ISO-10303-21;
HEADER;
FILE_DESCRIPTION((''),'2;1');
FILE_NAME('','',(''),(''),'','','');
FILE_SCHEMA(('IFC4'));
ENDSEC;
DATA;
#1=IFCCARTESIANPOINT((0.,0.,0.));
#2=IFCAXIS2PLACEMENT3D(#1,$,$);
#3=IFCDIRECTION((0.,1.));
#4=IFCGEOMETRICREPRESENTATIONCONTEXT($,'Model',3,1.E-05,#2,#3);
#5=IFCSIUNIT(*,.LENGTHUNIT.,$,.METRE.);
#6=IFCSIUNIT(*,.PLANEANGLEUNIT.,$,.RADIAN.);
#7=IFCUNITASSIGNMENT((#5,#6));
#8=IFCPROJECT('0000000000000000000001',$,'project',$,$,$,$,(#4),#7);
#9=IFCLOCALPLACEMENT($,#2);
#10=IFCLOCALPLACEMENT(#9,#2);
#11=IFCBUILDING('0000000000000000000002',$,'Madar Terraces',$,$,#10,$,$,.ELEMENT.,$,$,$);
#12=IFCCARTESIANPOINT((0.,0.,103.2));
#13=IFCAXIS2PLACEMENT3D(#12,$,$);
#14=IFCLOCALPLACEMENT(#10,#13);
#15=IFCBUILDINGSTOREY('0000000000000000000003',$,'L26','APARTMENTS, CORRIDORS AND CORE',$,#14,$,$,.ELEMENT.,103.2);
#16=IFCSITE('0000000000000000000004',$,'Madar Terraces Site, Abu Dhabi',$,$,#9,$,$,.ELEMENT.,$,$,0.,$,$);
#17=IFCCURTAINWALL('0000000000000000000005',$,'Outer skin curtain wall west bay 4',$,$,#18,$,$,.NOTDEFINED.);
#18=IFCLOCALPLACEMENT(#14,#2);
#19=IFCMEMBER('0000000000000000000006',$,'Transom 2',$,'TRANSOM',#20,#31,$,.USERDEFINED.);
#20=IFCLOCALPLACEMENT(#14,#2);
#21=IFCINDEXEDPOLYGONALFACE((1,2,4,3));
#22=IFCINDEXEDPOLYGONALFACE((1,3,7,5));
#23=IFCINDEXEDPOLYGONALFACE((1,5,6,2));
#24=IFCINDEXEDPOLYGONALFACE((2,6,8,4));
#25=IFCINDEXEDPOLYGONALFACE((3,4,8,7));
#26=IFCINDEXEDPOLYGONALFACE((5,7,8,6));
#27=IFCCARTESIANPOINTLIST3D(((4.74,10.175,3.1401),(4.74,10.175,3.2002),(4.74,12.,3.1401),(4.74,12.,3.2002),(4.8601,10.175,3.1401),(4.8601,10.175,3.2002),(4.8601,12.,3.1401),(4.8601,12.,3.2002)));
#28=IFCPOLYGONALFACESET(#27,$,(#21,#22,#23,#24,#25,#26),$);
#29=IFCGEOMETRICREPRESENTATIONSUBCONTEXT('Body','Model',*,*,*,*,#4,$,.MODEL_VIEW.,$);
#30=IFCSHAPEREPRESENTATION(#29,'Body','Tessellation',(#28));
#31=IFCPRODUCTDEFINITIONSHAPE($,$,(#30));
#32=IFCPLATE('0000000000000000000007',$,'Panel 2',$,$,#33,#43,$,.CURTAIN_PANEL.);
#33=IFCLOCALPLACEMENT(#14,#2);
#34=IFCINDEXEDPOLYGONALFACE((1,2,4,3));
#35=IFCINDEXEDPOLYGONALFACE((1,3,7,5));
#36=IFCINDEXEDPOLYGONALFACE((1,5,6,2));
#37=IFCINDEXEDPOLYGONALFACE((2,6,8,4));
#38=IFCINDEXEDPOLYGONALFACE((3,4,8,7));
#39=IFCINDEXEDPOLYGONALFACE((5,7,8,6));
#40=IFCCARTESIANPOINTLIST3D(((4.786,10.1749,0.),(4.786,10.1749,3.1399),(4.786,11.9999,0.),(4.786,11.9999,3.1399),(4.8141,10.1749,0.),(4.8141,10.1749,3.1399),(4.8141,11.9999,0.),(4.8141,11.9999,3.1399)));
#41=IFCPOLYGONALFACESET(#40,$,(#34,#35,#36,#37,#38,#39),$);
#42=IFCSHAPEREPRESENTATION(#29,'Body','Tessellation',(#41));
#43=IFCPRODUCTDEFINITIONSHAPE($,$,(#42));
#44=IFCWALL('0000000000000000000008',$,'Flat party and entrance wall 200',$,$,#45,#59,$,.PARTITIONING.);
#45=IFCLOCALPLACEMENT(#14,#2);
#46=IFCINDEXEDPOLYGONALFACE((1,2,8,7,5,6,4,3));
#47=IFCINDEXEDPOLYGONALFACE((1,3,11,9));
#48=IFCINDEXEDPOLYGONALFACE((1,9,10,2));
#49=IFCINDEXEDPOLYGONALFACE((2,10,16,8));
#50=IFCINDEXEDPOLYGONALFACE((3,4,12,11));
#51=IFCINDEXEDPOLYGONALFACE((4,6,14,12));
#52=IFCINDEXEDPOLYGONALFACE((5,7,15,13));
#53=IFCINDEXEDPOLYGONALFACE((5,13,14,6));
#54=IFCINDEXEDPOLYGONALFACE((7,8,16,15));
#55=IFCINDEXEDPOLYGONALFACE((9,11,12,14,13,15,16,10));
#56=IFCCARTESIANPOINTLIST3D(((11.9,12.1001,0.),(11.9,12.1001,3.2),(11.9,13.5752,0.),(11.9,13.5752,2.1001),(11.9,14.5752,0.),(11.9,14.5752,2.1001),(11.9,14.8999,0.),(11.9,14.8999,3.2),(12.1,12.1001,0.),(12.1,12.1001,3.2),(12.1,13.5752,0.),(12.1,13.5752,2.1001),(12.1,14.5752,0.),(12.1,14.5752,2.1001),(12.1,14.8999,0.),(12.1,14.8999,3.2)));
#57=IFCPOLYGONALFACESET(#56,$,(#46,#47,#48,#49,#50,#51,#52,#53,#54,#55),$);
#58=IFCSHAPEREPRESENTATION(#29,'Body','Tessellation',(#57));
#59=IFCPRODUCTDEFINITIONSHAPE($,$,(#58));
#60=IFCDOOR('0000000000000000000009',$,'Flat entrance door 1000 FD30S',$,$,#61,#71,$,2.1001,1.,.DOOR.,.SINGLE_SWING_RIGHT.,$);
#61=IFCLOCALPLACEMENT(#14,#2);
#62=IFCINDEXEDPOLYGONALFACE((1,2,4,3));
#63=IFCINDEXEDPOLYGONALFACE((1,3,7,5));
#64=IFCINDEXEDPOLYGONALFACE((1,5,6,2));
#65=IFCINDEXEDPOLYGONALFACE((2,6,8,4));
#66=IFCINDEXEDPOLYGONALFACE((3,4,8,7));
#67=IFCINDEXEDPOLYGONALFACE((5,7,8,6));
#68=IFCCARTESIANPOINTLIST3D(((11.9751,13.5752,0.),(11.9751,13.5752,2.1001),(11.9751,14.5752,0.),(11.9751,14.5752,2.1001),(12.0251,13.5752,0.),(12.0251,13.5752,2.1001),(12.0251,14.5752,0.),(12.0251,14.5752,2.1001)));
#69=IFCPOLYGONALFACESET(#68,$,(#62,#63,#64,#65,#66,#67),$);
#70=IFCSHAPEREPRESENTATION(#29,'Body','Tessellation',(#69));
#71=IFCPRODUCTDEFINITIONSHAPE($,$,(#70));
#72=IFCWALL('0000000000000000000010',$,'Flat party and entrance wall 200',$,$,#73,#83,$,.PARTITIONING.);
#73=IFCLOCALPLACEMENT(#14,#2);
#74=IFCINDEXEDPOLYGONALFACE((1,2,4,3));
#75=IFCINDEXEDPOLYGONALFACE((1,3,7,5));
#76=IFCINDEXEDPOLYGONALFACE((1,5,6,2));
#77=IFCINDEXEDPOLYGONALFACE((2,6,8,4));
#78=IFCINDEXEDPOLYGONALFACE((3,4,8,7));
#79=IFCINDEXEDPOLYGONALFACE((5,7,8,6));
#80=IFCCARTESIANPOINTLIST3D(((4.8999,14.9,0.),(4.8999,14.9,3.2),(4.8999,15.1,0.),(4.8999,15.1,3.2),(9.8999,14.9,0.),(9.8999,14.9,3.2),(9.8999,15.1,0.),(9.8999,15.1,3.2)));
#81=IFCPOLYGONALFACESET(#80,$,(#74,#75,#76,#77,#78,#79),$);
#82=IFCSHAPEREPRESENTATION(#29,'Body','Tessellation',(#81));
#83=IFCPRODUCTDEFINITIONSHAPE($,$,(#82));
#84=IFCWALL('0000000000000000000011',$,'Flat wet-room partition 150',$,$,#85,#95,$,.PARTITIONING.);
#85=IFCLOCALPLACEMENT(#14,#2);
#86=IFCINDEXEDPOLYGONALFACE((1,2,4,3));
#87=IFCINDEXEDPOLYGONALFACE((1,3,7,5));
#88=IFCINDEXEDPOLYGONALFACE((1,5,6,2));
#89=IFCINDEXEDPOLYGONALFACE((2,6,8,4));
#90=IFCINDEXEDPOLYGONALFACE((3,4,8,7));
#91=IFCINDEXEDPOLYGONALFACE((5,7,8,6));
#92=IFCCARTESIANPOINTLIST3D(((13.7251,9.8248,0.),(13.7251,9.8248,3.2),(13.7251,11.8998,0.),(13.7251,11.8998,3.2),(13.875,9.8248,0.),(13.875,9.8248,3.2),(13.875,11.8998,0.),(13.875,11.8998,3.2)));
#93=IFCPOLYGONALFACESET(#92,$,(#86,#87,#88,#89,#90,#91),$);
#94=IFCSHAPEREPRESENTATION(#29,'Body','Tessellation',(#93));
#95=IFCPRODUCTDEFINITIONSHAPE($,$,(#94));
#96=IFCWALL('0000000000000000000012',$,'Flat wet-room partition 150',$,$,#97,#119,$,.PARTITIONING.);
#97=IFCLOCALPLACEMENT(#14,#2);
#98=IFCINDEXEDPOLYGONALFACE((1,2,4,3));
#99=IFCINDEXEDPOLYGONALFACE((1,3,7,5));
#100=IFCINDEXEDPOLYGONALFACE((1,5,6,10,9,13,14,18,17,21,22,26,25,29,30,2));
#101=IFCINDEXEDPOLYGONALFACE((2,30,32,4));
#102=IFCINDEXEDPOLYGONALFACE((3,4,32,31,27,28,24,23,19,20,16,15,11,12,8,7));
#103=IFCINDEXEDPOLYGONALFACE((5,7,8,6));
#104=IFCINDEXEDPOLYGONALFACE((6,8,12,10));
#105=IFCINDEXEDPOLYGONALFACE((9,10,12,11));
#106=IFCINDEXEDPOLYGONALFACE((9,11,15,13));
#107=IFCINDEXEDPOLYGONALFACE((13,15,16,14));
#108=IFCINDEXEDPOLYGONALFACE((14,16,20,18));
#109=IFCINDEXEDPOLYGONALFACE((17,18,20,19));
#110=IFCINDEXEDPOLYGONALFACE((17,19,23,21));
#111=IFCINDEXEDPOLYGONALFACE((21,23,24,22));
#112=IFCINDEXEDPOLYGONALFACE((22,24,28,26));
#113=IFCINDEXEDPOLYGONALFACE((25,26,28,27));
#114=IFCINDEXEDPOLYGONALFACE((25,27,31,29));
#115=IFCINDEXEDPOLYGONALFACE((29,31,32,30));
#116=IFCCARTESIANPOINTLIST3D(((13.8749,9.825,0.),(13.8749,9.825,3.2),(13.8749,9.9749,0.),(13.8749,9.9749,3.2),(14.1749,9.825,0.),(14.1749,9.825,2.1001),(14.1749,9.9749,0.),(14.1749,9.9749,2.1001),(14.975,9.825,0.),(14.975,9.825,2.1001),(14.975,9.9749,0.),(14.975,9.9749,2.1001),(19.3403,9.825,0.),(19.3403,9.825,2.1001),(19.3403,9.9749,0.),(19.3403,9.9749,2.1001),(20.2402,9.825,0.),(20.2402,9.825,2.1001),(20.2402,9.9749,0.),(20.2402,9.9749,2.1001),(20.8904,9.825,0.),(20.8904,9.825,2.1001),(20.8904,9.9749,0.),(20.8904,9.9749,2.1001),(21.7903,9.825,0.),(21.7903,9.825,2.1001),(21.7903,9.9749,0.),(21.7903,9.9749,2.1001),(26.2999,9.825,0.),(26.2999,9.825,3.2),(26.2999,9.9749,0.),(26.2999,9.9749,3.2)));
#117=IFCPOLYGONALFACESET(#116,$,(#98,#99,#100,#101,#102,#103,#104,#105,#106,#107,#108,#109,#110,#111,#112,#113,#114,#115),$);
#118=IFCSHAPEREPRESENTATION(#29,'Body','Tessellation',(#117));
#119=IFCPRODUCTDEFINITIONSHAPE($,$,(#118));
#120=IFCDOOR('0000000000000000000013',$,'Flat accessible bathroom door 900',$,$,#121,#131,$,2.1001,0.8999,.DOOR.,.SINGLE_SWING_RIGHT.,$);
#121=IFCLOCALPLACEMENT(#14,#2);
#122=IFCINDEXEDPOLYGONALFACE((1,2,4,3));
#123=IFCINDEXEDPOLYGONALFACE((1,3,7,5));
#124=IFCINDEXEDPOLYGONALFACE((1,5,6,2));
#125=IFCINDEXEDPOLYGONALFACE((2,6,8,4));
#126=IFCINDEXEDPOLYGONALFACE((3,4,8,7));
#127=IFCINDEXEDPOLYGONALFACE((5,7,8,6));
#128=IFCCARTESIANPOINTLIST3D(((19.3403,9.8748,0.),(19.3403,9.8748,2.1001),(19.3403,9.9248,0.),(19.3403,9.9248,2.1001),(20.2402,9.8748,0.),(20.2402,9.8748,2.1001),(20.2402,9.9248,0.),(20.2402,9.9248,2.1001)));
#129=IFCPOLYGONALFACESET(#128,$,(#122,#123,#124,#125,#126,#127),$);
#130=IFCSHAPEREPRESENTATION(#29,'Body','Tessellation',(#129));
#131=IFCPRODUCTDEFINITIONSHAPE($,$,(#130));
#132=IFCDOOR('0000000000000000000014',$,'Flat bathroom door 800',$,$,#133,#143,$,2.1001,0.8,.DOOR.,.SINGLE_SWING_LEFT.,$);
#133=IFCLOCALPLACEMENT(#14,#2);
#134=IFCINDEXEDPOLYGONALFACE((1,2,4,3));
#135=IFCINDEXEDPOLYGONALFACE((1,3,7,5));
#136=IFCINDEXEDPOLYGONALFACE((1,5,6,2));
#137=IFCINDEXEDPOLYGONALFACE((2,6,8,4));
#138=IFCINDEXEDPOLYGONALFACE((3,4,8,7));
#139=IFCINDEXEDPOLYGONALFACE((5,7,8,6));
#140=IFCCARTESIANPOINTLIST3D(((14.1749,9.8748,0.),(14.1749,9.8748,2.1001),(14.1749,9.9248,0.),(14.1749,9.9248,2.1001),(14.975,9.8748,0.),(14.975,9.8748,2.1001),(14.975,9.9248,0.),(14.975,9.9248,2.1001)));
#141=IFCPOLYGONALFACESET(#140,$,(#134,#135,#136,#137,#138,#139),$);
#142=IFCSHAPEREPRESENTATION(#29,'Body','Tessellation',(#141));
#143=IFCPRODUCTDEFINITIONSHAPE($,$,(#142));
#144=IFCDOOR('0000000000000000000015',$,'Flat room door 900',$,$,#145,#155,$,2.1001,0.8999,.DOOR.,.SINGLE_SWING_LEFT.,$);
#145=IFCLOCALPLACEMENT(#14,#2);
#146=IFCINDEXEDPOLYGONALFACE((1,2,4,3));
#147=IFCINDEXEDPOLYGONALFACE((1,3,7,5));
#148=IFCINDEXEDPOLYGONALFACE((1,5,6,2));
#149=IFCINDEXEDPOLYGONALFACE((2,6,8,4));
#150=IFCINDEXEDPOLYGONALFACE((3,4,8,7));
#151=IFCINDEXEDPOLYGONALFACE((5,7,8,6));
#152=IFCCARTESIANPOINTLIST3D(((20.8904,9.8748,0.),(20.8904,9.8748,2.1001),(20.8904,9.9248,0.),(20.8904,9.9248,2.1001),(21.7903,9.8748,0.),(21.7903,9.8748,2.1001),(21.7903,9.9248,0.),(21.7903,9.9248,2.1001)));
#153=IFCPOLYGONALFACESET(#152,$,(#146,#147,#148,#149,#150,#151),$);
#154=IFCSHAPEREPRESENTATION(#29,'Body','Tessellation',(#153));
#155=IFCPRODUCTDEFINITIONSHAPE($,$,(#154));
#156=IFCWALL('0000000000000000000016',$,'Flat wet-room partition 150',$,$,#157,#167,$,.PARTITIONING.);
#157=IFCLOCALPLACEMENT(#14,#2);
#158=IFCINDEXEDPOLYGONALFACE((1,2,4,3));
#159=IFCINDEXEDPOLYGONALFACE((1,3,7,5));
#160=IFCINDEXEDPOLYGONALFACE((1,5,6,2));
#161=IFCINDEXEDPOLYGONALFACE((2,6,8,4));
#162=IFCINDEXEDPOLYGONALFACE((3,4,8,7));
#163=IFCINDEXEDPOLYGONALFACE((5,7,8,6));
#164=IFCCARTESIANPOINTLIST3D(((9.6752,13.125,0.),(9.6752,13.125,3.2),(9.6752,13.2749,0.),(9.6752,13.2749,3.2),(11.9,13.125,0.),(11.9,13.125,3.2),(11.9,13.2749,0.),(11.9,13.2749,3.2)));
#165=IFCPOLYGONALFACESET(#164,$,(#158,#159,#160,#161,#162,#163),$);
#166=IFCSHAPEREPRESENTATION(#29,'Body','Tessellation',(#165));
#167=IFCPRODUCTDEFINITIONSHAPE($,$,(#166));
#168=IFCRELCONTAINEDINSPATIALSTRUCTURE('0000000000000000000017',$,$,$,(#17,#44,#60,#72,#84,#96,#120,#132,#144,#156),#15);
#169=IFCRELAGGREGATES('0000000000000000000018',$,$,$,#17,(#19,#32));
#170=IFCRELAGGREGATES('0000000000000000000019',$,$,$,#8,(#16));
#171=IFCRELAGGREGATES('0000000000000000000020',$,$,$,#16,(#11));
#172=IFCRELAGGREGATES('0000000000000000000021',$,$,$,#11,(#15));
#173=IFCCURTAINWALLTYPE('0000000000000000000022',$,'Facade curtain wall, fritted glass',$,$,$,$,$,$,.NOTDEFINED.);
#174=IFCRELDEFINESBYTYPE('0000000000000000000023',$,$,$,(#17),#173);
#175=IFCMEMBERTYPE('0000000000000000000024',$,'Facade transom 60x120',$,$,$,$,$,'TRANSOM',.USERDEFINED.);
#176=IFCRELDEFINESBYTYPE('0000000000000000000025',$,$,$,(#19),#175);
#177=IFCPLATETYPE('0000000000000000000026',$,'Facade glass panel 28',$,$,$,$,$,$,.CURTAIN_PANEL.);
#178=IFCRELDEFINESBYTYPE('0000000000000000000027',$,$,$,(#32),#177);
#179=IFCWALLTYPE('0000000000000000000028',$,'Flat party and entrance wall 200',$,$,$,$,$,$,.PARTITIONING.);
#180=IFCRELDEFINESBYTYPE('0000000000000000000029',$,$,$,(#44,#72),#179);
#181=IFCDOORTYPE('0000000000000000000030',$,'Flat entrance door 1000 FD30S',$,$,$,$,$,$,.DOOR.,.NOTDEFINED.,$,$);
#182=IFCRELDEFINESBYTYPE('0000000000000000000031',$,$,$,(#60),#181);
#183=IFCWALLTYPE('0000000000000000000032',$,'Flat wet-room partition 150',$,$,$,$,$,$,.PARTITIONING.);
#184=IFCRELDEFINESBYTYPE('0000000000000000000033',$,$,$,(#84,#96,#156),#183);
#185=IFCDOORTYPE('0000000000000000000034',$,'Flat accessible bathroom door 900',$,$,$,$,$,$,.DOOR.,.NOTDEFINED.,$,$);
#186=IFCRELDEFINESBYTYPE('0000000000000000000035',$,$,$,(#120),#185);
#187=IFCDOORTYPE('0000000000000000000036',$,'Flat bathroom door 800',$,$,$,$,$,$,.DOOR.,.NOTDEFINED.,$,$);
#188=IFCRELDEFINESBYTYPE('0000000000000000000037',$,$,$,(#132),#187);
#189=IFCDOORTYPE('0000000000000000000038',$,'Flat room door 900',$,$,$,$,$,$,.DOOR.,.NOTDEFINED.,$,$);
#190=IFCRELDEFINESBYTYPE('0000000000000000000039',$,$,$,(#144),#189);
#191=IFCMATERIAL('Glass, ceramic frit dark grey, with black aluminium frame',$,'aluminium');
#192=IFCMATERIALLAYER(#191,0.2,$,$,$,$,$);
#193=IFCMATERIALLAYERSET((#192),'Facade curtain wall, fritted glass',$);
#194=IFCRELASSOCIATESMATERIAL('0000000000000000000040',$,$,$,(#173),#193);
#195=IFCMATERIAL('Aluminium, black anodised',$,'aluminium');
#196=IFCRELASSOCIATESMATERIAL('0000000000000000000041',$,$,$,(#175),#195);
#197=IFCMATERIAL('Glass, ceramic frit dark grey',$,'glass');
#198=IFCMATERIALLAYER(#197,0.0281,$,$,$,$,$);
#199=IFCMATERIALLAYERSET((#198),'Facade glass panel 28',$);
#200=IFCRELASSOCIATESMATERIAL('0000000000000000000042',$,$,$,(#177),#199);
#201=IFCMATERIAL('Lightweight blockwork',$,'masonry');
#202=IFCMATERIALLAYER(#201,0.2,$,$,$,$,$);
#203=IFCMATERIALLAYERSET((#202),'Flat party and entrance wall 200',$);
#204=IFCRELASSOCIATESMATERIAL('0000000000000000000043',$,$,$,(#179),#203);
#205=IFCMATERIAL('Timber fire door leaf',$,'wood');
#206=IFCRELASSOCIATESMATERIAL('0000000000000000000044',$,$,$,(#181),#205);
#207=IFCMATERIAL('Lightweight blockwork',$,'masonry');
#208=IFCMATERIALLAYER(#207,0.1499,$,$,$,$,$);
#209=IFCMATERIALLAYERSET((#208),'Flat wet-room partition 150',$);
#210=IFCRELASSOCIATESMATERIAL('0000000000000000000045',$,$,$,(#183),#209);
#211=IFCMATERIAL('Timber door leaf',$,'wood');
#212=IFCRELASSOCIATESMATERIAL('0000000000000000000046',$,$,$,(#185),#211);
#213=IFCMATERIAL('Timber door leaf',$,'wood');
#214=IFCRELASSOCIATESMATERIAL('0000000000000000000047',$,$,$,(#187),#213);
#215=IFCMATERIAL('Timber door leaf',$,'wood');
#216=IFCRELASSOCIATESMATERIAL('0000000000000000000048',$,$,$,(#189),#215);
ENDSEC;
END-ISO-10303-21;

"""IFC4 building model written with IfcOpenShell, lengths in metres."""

from ifc_helpers import new_model, si_unit, direction, frame, frame_2d, origin, origin_2d, place, context, subcontext, project, spatial, rectangle, extrude, material, layer, layer_set, material_profile, profile_set, type_object, element, fill, aggregate, save


model = new_model("IFC4")

# Units and contexts
model_context = context("Model", 3, precision=1e-05, world=origin(), true_north=direction((0.0, 1.0)))
body_context = subcontext(model_context, "Body", "Model", "MODEL_VIEW")
ifc_project = project(units=[si_unit("LENGTHUNIT", "METRE"), si_unit("PLANEANGLEUNIT", "RADIAN")], contexts=[model_context])

# Site, building, storey
site_placement = place(None, origin())
site = spatial("IfcSite", under=ifc_project, at=site_placement, Name="Madar Terraces Site, Abu Dhabi", CompositionType="ELEMENT", RefElevation=0.0)
building_placement = place(site_placement, origin())
building = spatial("IfcBuilding", under=site, at=building_placement, Name="Madar Terraces", CompositionType="ELEMENT")
storey_placement = place(building_placement, frame((0.0, 0.0, 103.2)))
storey = spatial("IfcBuildingStorey", under=building, at=storey_placement, Name="L26", Description="APARTMENTS, CORRIDORS AND CORE", CompositionType="ELEMENT", Elevation=103.2)

# Curtain wall, member, plate
ifc_material_1 = material(Name="Glass, ceramic frit dark grey, with black aluminium frame", Category="aluminium")
ifc_layer_1 = layer(ifc_material_1, 0.2)
ifc_layer_set_1 = layer_set([ifc_layer_1], Name="Facade curtain wall, fritted glass")
curtain_wall_type = type_object("IfcCurtainWallType", Name="Facade curtain wall, fritted glass", PredefinedType="NOTDEFINED", material=ifc_layer_set_1)
curtain_wall_placement = place(storey_placement, origin())
curtain_wall = element("IfcCurtainWall", 1, at=curtain_wall_placement, inside=storey, type_object=curtain_wall_type, Name="Outer skin curtain wall west bay 4", PredefinedType="NOTDEFINED")
ifc_material_2 = material(Name="Aluminium, black anodised", Category="aluminium")
ifc_material_profile = material_profile(ifc_material_2, rectangle(XDim=0.1201, YDim=0.0601, at=origin_2d()), Name="Facade transom 60x120")
ifc_profile_set = profile_set([ifc_material_profile], Name="Aluminium, black anodised")
member_type = type_object("IfcMemberType", Name="Facade transom 60x120", ElementType="TRANSOM", PredefinedType="USERDEFINED", material=ifc_profile_set)
member_placement = place(storey_placement, frame((4.8, 12.0, 3.1702), z_axis=(0.0, -1.0, 0.0), x_axis=(1.0, 0.0, 0.0)))
member = element("IfcMember", 2, at=member_placement, type_object=member_type, Name="Transom 2", ObjectType="TRANSOM", PredefinedType="USERDEFINED", context=body_context, shape_type="SweptSolid", body=[
    extrude(rectangle(XDim=0.1201, YDim=0.0601, at=origin_2d()), origin(), (0.0, 0.0, 1.0), 1.825),
])
ifc_material_3 = material(Name="Glass, ceramic frit dark grey", Category="glass")
ifc_layer_2 = layer(ifc_material_3, 0.0281)
ifc_layer_set_2 = layer_set([ifc_layer_2], Name="Facade glass panel 28")
plate_type = type_object("IfcPlateType", Name="Facade glass panel 28", PredefinedType="CURTAIN_PANEL", material=ifc_layer_set_2)
plate_placement = place(storey_placement, frame((4.8, 11.0874, 0.0), z_axis=(0.0, 0.0, 1.0), x_axis=(0.0, -1.0, 0.0)))
plate = element("IfcPlate", 3, at=plate_placement, type_object=plate_type, Name="Panel 2", PredefinedType="CURTAIN_PANEL", context=body_context, shape_type="SweptSolid", body=[
    extrude(rectangle(XDim=1.825, YDim=0.0281, at=origin_2d()), origin(), (0.0, 0.0, 1.0), 3.1399),
])
aggregate(curtain_wall, [member, plate])

# Wall, opening, door
ifc_material_4 = material(Name="Lightweight blockwork", Category="masonry")
ifc_layer_3 = layer(ifc_material_4, 0.2)
ifc_layer_set_3 = layer_set([ifc_layer_3], Name="Flat party and entrance wall 200")
wall_type_1 = type_object("IfcWallType", Name="Flat party and entrance wall 200", PredefinedType="PARTITIONING", material=ifc_layer_set_3)
wall_1_placement = place(storey_placement, frame((12.0, 12.1001, 0.0), z_axis=(0.0, 0.0, 1.0), x_axis=(0.0, 1.0, 0.0)))
wall_1 = element("IfcWall", 4, at=wall_1_placement, inside=storey, type_object=wall_type_1, Name="Flat party and entrance wall 200", PredefinedType="PARTITIONING", context=body_context, shape_type="SweptSolid", body=[
    extrude(rectangle(XDim=2.7998, YDim=0.2, at=frame_2d((1.3999, 0.0))), origin(), (0.0, 0.0, 1.0), 3.2),
])
opening_1_placement = place(wall_1_placement, frame((1.4751, 0.0, 0.0)))
opening_1 = element("IfcOpeningElement", 5, at=opening_1_placement, cuts=wall_1, PredefinedType="OPENING", context=body_context, shape_type="SweptSolid", body=[
    extrude(rectangle(XDim=1.0, YDim=2.1001, at=frame_2d((0.5, 1.05))), frame((0.0, 0.1099, 0.0), z_axis=(0.0, -1.0, 0.0), x_axis=(1.0, 0.0, 0.0)), (0.0, 0.0, 1.0), 0.22),
])
ifc_material_5 = material(Name="Timber fire door leaf", Category="wood")
door_type_1 = type_object("IfcDoorType", Name="Flat entrance door 1000 FD30S", OperationType="NOTDEFINED", PredefinedType="DOOR", material=ifc_material_5)
door_1_placement = place(opening_1_placement, origin())
door_1 = element("IfcDoor", 6, at=door_1_placement, inside=storey, type_object=door_type_1, Name="Flat entrance door 1000 FD30S", OperationType="SINGLE_SWING_RIGHT", OverallHeight=2.1001, OverallWidth=1.0, PredefinedType="DOOR", context=body_context, shape_type="SweptSolid", body=[
    extrude(rectangle(XDim=1.0, YDim=2.1001, at=frame_2d((0.5, 1.05))), frame((0.0, 0.0249, 0.0), z_axis=(0.0, -1.0, 0.0), x_axis=(1.0, 0.0, 0.0)), (0.0, 0.0, 1.0), 0.05),
])
fill(opening_1, door_1)

# Walls
wall_2_placement = place(storey_placement, frame((4.8999, 15.0, 0.0), z_axis=(0.0, 0.0, 1.0), x_axis=(1.0, 0.0, 0.0)))
element("IfcWall", 7, at=wall_2_placement, inside=storey, type_object=wall_type_1, Name="Flat party and entrance wall 200", PredefinedType="PARTITIONING", context=body_context, shape_type="SweptSolid", body=[
    extrude(rectangle(XDim=5.0, YDim=0.2, at=frame_2d((2.5, 0.0))), origin(), (0.0, 0.0, 1.0), 3.2),
])
ifc_material_6 = material(Name="Lightweight blockwork", Category="masonry")
ifc_layer_4 = layer(ifc_material_6, 0.1499)
ifc_layer_set_4 = layer_set([ifc_layer_4], Name="Flat wet-room partition 150")
wall_type_2 = type_object("IfcWallType", Name="Flat wet-room partition 150", PredefinedType="PARTITIONING", material=ifc_layer_set_4)
wall_3_placement = place(storey_placement, frame((13.8, 11.8999, 0.0), z_axis=(0.0, 0.0, 1.0), x_axis=(0.0, -1.0, 0.0)))
element("IfcWall", 8, at=wall_3_placement, inside=storey, type_object=wall_type_2, Name="Flat wet-room partition 150", PredefinedType="PARTITIONING", context=body_context, shape_type="SweptSolid", body=[
    extrude(rectangle(XDim=2.075, YDim=0.1499, at=frame_2d((1.0376, 0.0))), origin(), (0.0, 0.0, 1.0), 3.2),
])

# Wall, openings, doors
wall_4_placement = place(storey_placement, frame((13.875, 9.8999, 0.0), z_axis=(0.0, 0.0, 1.0), x_axis=(1.0, 0.0, 0.0)))
wall_4 = element("IfcWall", 9, at=wall_4_placement, inside=storey, type_object=wall_type_2, Name="Flat wet-room partition 150", PredefinedType="PARTITIONING", context=body_context, shape_type="SweptSolid", body=[
    extrude(rectangle(XDim=12.425, YDim=0.1499, at=frame_2d((6.2124, 0.0))), origin(), (0.0, 0.0, 1.0), 3.2),
])
opening_2_placement = place(wall_4_placement, frame((0.3, 0.0, 0.0)))
opening_2 = element("IfcOpeningElement", 10, at=opening_2_placement, cuts=wall_4, PredefinedType="OPENING", context=body_context, shape_type="SweptSolid", body=[
    extrude(rectangle(XDim=0.8, YDim=2.1001, at=frame_2d((0.3999, 1.05))), frame((0.0, 0.085, 0.0), z_axis=(0.0, -1.0, 0.0), x_axis=(1.0, 0.0, 0.0)), (0.0, 0.0, 1.0), 0.1699),
])
opening_3_placement = place(wall_4_placement, frame((5.4653, 0.0, 0.0)))
opening_3 = element("IfcOpeningElement", 11, at=opening_3_placement, cuts=wall_4, PredefinedType="OPENING", context=body_context, shape_type="SweptSolid", body=[
    extrude(rectangle(XDim=0.8999, YDim=2.1001, at=frame_2d((0.45, 1.05))), frame((0.0, 0.085, 0.0), z_axis=(0.0, -1.0, 0.0), x_axis=(1.0, 0.0, 0.0)), (0.0, 0.0, 1.0), 0.1699),
])
opening_4_placement = place(wall_4_placement, frame((7.0154, 0.0, 0.0)))
opening_4 = element("IfcOpeningElement", 12, at=opening_4_placement, cuts=wall_4, PredefinedType="OPENING", context=body_context, shape_type="SweptSolid", body=[
    extrude(rectangle(XDim=0.8999, YDim=2.1001, at=frame_2d((0.45, 1.05))), frame((0.0, 0.085, 0.0), z_axis=(0.0, -1.0, 0.0), x_axis=(1.0, 0.0, 0.0)), (0.0, 0.0, 1.0), 0.1699),
])
ifc_material_7 = material(Name="Timber door leaf", Category="wood")
door_type_2 = type_object("IfcDoorType", Name="Flat accessible bathroom door 900", OperationType="NOTDEFINED", PredefinedType="DOOR", material=ifc_material_7)
door_2_placement = place(opening_3_placement, origin())
door_2 = element("IfcDoor", 13, at=door_2_placement, inside=storey, type_object=door_type_2, Name="Flat accessible bathroom door 900", OperationType="SINGLE_SWING_RIGHT", OverallHeight=2.1001, OverallWidth=0.8999, PredefinedType="DOOR", context=body_context, shape_type="SweptSolid", body=[
    extrude(rectangle(XDim=0.8999, YDim=2.1001, at=frame_2d((0.45, 1.05))), frame((0.0, 0.0249, 0.0), z_axis=(0.0, -1.0, 0.0), x_axis=(1.0, 0.0, 0.0)), (0.0, 0.0, 1.0), 0.05),
])
fill(opening_3, door_2)
ifc_material_8 = material(Name="Timber door leaf", Category="wood")
door_type_3 = type_object("IfcDoorType", Name="Flat bathroom door 800", OperationType="NOTDEFINED", PredefinedType="DOOR", material=ifc_material_8)
door_3_placement = place(opening_2_placement, origin())
door_3 = element("IfcDoor", 14, at=door_3_placement, inside=storey, type_object=door_type_3, Name="Flat bathroom door 800", OperationType="SINGLE_SWING_LEFT", OverallHeight=2.1001, OverallWidth=0.8, PredefinedType="DOOR", context=body_context, shape_type="SweptSolid", body=[
    extrude(rectangle(XDim=0.8, YDim=2.1001, at=frame_2d((0.3999, 1.05))), frame((0.0, 0.0249, 0.0), z_axis=(0.0, -1.0, 0.0), x_axis=(1.0, 0.0, 0.0)), (0.0, 0.0, 1.0), 0.05),
])
fill(opening_2, door_3)
ifc_material_9 = material(Name="Timber door leaf", Category="wood")
door_type_4 = type_object("IfcDoorType", Name="Flat room door 900", OperationType="NOTDEFINED", PredefinedType="DOOR", material=ifc_material_9)
door_4_placement = place(opening_4_placement, origin())
door_4 = element("IfcDoor", 15, at=door_4_placement, inside=storey, type_object=door_type_4, Name="Flat room door 900", OperationType="SINGLE_SWING_LEFT", OverallHeight=2.1001, OverallWidth=0.8999, PredefinedType="DOOR", context=body_context, shape_type="SweptSolid", body=[
    extrude(rectangle(XDim=0.8999, YDim=2.1001, at=frame_2d((0.45, 1.05))), frame((0.0, 0.0249, 0.0), z_axis=(0.0, -1.0, 0.0), x_axis=(1.0, 0.0, 0.0)), (0.0, 0.0, 1.0), 0.05),
])
fill(opening_4, door_4)

# Wall
wall_5_placement = place(storey_placement, frame((11.8999, 13.2, 0.0), z_axis=(0.0, 0.0, 1.0), x_axis=(-1.0, 0.0, 0.0)))
element("IfcWall", 16, at=wall_5_placement, inside=storey, type_object=wall_type_2, Name="Flat wet-room partition 150", PredefinedType="PARTITIONING", context=body_context, shape_type="SweptSolid", body=[
    extrude(rectangle(XDim=2.2249, YDim=0.1499, at=frame_2d((1.1123, 0.0))), origin(), (0.0, 0.0, 1.0), 3.2),
])

save(model, "model.ifc")
